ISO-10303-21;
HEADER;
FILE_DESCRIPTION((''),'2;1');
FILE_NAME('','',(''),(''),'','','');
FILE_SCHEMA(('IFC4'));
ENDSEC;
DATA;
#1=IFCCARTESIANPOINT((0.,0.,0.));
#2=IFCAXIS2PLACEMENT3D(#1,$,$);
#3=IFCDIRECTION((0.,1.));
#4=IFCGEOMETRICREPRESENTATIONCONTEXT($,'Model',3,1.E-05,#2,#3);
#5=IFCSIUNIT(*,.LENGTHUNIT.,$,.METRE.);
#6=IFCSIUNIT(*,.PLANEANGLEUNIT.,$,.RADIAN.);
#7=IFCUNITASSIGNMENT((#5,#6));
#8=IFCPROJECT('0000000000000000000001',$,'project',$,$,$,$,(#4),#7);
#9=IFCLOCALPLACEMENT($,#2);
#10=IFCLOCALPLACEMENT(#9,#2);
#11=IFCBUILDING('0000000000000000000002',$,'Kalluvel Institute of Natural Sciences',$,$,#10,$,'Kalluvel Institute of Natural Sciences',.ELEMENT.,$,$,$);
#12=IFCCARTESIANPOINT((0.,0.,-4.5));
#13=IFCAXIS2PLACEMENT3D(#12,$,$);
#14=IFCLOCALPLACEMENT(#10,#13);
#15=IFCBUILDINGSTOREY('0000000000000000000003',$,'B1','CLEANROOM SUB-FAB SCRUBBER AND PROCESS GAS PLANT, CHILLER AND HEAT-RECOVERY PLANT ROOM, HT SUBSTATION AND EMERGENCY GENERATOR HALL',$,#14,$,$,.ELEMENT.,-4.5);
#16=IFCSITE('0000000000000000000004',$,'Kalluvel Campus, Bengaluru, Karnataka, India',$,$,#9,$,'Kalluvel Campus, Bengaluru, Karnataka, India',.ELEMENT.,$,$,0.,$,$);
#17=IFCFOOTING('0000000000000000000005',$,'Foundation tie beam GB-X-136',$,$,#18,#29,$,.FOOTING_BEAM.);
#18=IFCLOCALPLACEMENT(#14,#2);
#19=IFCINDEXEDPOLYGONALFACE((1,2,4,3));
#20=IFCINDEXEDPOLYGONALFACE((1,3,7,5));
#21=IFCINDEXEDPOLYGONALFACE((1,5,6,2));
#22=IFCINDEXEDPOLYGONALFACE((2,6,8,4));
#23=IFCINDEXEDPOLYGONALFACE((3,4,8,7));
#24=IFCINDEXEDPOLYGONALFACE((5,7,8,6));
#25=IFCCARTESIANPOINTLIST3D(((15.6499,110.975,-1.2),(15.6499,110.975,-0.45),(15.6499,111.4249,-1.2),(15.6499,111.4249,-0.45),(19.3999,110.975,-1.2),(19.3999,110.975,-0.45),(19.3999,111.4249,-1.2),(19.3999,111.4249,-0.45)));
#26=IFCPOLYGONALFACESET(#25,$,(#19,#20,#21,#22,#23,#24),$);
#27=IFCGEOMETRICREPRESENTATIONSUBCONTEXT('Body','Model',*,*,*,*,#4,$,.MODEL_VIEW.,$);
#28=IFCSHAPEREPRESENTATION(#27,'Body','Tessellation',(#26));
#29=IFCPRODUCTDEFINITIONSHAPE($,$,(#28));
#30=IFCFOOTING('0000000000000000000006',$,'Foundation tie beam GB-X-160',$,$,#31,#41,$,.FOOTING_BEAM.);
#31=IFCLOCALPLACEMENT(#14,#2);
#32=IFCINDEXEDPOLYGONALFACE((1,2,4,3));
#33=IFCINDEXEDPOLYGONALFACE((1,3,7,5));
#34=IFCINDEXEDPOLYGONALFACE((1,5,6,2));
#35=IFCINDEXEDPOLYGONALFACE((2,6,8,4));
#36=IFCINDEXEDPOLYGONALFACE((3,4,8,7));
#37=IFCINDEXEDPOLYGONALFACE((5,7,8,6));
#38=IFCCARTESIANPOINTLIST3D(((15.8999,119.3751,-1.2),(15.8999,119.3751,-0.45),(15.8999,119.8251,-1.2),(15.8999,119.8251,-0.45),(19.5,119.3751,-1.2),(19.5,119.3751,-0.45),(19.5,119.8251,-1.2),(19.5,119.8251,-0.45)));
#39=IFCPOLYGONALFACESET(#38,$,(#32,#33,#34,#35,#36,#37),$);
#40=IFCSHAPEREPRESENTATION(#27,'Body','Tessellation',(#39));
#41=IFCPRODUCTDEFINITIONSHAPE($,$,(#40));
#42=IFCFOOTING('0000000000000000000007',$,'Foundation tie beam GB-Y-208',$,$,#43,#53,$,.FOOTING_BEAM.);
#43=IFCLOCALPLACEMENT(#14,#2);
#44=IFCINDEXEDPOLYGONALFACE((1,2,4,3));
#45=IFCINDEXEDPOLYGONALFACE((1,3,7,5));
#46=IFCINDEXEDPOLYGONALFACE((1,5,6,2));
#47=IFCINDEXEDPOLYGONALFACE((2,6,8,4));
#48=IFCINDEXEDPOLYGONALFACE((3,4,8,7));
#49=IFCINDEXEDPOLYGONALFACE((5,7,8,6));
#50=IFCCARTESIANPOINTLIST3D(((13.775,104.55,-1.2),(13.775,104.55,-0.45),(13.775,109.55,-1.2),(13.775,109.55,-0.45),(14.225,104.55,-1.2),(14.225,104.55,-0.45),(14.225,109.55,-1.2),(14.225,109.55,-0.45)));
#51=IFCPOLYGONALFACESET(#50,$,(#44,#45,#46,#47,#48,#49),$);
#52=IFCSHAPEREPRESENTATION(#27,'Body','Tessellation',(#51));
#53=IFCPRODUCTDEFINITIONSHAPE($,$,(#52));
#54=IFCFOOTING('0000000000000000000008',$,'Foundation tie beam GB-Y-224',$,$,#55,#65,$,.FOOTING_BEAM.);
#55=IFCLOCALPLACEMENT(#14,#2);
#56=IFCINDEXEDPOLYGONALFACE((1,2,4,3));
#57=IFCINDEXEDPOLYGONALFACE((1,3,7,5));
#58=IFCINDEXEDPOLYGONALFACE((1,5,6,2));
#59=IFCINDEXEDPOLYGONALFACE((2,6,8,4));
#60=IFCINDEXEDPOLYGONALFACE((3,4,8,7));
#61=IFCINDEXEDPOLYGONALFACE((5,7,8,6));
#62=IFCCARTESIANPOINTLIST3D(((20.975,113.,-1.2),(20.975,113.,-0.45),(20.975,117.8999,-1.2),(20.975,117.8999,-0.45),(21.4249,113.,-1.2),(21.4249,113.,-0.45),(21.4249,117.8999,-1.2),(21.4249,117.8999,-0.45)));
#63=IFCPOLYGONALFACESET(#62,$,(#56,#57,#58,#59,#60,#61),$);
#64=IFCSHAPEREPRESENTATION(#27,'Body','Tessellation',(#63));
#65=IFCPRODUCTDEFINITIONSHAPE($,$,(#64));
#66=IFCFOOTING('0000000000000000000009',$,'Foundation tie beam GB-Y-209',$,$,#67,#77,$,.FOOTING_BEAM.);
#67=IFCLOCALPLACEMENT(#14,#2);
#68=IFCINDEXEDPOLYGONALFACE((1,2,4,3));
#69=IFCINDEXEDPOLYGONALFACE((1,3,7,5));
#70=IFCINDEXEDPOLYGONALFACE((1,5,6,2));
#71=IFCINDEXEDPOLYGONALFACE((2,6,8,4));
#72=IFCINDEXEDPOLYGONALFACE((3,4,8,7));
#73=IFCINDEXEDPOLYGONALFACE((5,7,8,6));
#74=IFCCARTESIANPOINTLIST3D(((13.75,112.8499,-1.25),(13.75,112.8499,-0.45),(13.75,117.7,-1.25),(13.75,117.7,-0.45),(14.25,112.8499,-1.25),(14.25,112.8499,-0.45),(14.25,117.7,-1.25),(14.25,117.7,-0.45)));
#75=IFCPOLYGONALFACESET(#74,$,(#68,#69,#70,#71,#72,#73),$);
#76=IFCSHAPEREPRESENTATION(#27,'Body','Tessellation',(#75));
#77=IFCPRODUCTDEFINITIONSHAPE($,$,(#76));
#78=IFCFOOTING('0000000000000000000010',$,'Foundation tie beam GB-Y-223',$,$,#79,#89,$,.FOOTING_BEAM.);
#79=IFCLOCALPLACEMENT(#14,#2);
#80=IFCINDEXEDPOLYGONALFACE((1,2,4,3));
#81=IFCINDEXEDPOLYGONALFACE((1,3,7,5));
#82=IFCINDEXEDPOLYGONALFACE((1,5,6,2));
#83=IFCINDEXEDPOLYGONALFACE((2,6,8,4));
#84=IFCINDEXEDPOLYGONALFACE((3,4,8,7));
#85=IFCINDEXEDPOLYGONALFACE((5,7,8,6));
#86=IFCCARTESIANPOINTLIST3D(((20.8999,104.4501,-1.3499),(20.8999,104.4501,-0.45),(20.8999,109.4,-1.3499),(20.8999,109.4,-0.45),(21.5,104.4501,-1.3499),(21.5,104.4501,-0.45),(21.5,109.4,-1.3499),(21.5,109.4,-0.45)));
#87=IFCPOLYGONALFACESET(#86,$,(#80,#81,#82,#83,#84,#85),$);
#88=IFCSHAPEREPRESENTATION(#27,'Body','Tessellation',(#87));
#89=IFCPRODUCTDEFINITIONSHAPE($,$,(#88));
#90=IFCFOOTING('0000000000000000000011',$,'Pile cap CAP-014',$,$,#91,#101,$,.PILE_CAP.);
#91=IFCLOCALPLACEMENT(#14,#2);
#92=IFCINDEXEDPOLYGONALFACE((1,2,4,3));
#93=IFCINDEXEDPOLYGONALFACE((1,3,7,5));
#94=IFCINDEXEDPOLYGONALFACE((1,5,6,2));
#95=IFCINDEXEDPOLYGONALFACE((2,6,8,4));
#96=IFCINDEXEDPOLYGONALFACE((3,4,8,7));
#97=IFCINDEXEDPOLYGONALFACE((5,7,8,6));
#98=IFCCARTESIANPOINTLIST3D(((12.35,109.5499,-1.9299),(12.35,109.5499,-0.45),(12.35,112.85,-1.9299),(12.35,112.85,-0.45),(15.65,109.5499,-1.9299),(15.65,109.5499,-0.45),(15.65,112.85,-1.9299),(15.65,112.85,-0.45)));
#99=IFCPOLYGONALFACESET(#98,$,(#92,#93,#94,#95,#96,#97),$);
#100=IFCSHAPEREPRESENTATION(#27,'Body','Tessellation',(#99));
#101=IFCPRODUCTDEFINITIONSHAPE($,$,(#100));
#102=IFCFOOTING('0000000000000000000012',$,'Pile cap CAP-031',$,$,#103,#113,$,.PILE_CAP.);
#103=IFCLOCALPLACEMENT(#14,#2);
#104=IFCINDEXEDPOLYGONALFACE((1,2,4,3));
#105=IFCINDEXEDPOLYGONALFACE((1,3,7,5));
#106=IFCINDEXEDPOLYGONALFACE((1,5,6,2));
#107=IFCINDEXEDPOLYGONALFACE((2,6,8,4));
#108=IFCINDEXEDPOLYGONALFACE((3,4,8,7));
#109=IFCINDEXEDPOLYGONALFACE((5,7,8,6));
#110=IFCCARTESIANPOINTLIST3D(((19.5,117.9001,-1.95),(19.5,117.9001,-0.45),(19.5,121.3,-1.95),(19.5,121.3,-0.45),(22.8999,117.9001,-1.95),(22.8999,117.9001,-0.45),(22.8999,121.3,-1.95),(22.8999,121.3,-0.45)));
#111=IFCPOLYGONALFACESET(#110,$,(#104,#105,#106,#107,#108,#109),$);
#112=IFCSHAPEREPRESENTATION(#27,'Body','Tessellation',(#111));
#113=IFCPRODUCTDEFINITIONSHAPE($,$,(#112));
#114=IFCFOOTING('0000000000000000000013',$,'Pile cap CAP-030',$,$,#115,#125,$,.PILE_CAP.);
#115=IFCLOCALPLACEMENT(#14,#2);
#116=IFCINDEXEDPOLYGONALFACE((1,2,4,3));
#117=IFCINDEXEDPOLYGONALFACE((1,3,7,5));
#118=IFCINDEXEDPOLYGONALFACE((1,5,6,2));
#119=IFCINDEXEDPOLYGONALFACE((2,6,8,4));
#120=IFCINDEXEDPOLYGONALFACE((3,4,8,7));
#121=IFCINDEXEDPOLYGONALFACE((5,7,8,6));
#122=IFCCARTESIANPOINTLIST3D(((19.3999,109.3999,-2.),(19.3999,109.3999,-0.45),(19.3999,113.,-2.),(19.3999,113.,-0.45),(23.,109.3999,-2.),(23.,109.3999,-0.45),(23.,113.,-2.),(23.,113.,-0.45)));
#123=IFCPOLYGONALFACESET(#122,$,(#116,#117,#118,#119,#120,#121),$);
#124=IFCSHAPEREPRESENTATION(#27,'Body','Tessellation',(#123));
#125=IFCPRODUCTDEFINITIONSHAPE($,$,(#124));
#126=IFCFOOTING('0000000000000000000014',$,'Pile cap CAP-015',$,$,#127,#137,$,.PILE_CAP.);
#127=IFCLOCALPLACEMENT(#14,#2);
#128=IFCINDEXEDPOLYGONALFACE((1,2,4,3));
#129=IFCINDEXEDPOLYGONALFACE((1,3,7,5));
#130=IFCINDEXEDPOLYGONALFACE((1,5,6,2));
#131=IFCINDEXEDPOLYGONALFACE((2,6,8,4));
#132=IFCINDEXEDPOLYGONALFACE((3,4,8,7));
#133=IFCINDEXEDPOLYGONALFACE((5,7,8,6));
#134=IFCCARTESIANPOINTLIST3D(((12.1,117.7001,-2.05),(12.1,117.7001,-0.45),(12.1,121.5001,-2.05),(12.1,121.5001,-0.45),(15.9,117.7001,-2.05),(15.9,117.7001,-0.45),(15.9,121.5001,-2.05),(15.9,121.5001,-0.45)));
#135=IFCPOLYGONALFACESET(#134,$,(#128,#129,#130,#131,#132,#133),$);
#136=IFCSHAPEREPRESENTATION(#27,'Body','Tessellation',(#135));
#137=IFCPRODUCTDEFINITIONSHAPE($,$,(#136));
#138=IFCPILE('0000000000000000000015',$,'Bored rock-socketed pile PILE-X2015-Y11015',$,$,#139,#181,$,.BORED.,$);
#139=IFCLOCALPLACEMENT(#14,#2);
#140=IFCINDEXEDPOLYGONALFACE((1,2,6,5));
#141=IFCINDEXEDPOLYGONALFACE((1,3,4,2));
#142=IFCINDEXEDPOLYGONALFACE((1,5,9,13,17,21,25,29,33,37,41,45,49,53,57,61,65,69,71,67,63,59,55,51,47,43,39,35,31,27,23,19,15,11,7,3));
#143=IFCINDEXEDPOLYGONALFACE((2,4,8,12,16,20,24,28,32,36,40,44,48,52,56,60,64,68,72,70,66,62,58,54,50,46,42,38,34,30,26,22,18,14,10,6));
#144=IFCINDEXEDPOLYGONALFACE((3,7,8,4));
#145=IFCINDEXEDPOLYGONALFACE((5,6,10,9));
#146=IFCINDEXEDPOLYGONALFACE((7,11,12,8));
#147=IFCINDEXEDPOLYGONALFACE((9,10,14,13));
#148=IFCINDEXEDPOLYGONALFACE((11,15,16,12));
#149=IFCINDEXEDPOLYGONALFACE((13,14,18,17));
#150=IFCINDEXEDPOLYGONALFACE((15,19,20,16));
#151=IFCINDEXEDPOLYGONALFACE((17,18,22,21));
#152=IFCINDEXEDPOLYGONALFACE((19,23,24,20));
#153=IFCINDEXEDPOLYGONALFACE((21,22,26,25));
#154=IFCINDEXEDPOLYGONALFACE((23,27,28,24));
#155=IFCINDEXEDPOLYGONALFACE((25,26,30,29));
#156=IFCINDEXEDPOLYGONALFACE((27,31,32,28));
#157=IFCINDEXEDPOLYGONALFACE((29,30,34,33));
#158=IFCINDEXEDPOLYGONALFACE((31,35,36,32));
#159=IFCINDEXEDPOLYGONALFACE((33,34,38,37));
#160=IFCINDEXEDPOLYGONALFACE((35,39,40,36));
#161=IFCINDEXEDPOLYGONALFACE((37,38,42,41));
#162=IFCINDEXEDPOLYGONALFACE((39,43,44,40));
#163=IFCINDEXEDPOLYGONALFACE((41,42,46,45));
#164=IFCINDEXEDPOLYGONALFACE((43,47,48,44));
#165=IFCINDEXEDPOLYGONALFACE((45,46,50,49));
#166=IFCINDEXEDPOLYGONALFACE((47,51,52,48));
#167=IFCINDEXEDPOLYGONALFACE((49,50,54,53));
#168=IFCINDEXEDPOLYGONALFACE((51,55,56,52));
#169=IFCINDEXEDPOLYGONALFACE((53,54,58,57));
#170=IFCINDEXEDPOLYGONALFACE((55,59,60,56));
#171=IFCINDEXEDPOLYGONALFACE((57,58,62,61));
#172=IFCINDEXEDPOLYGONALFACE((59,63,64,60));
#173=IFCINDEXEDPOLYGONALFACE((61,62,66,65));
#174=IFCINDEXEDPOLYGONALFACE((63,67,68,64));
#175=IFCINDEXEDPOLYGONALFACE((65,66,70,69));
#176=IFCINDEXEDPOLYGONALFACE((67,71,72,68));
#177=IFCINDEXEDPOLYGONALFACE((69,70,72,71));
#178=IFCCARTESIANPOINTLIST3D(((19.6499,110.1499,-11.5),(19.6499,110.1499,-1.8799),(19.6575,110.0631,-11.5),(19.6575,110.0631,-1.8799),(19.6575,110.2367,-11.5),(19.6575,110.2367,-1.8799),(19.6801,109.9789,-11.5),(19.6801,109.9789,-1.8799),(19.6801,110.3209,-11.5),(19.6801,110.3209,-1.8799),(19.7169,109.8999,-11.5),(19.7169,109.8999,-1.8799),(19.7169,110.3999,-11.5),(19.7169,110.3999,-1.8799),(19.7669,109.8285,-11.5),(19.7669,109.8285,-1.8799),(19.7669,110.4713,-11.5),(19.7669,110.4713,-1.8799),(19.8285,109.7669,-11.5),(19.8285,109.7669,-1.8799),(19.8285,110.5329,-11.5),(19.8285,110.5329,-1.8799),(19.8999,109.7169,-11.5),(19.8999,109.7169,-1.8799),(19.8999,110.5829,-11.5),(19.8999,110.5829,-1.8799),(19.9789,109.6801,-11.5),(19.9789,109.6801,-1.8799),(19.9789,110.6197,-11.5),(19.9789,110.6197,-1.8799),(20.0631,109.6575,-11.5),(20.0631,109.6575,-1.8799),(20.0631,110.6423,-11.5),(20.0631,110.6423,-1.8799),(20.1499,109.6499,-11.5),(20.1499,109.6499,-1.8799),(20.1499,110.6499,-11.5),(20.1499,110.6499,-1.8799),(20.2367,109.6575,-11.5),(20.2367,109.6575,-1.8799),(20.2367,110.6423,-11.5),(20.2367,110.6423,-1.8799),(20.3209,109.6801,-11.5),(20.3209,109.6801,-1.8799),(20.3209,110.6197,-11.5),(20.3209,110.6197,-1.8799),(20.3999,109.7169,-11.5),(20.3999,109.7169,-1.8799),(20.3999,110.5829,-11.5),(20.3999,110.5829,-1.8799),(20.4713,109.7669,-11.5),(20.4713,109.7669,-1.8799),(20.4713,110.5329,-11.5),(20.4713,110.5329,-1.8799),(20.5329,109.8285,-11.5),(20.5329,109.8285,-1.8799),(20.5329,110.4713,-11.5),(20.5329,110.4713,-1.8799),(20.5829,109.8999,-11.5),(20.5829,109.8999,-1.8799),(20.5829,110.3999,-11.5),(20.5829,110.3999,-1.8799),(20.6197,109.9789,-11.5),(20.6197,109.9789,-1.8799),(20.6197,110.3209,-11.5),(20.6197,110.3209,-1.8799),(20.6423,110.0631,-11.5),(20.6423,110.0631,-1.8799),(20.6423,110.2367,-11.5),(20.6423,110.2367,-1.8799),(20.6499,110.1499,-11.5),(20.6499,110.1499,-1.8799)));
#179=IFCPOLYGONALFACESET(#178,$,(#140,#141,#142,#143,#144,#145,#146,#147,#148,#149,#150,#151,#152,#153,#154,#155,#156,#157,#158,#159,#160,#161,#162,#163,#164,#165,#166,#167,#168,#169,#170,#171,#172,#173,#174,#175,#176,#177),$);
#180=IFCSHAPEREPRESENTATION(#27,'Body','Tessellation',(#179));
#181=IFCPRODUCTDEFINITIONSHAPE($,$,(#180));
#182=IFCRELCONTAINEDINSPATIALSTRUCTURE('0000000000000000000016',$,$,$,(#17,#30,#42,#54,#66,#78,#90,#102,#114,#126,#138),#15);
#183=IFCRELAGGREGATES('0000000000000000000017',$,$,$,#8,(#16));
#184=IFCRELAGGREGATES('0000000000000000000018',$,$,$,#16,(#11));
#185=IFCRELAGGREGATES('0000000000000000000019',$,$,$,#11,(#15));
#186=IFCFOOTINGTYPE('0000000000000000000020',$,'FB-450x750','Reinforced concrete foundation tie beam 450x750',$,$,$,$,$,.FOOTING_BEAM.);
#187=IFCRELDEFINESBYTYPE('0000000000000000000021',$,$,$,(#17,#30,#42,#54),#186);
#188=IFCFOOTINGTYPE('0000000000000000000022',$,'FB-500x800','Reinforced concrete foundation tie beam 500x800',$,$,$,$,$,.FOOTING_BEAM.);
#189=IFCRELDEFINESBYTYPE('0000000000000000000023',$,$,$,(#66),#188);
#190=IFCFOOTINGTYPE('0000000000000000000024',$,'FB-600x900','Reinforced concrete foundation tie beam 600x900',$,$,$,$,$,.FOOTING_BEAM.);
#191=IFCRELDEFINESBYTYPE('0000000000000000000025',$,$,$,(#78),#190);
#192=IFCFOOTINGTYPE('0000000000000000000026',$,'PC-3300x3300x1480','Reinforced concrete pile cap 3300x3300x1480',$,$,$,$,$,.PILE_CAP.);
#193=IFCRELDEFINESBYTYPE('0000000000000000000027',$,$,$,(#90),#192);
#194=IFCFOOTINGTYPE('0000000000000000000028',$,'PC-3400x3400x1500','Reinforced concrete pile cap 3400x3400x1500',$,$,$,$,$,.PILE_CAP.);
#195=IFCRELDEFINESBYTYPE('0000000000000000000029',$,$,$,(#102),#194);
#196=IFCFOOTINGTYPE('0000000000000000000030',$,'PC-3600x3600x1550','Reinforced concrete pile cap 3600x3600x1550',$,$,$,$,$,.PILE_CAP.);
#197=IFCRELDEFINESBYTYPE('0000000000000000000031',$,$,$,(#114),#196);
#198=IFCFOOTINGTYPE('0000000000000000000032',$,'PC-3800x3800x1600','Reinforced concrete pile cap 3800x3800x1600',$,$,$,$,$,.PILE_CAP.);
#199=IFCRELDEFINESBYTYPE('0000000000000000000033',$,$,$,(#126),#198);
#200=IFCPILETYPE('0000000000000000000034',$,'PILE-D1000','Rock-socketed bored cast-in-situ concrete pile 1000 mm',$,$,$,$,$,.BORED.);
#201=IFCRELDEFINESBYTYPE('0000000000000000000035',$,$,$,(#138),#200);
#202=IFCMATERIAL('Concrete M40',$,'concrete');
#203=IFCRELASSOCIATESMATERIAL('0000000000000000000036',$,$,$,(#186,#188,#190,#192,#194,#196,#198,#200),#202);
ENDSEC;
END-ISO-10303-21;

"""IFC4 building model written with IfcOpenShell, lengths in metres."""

from ifc_helpers import new_model, si_unit, direction, frame, origin, origin_2d, place, context, subcontext, project, spatial, rectangle, circle, extrude, material, material_profile, profile_set, type_object, element, save


model = new_model("IFC4")

# Units and contexts
model_context = context("Model", 3, precision=1e-05, world=origin(), true_north=direction((0.0, 1.0)))
body_context = subcontext(model_context, "Body", "Model", "MODEL_VIEW")
ifc_project = project(units=[si_unit("LENGTHUNIT", "METRE"), si_unit("PLANEANGLEUNIT", "RADIAN")], contexts=[model_context])

# Site, building, storey
site_placement = place(None, origin())
site = spatial("IfcSite", under=ifc_project, at=site_placement, Name="Kalluvel Campus, Bengaluru, Karnataka, India", LongName="Kalluvel Campus, Bengaluru, Karnataka, India", CompositionType="ELEMENT", RefElevation=0.0)
building_placement = place(site_placement, origin())
building = spatial("IfcBuilding", under=site, at=building_placement, Name="Kalluvel Institute of Natural Sciences", LongName="Kalluvel Institute of Natural Sciences", CompositionType="ELEMENT")
storey_placement = place(building_placement, frame((0.0, 0.0, -4.5)))
storey = spatial("IfcBuildingStorey", under=building, at=storey_placement, Name="B1", Description="CLEANROOM SUB-FAB SCRUBBER AND PROCESS GAS PLANT, CHILLER AND HEAT-RECOVERY PLANT ROOM, HT SUBSTATION AND EMERGENCY GENERATOR HALL", CompositionType="ELEMENT", Elevation=-4.5)

# Footings
ifc_material_1 = material(Name="Concrete M40", Category="concrete")
footing_type_1 = type_object("IfcFootingType", Name="FB-450x750", Description="Reinforced concrete foundation tie beam 450x750", PredefinedType="FOOTING_BEAM", material=ifc_material_1)
footing_1_placement = place(storey_placement, frame((17.5249, 111.2, -1.2), z_axis=(0.0, 0.0, 1.0), x_axis=(1.0, 0.0, 0.0)))
element("IfcFooting", 1, at=footing_1_placement, inside=storey, type_object=footing_type_1, Name="Foundation tie beam GB-X-136", PredefinedType="FOOTING_BEAM", context=body_context, shape_type="SweptSolid", body=[
    extrude(rectangle(XDim=3.75, YDim=0.45, at=origin_2d()), origin(), (0.0, 0.0, 1.0), 0.75),
])
footing_2_placement = place(storey_placement, frame((17.7, 119.6001, -1.2), z_axis=(0.0, 0.0, 1.0), x_axis=(1.0, 0.0, 0.0)))
element("IfcFooting", 2, at=footing_2_placement, inside=storey, type_object=footing_type_1, Name="Foundation tie beam GB-X-160", PredefinedType="FOOTING_BEAM", context=body_context, shape_type="SweptSolid", body=[
    extrude(rectangle(XDim=3.6001, YDim=0.45, at=origin_2d()), origin(), (0.0, 0.0, 1.0), 0.75),
])
footing_3_placement = place(storey_placement, frame((14.0, 107.05, -1.2), z_axis=(0.0, 0.0, 1.0), x_axis=(1.0, 0.0, 0.0)))
element("IfcFooting", 3, at=footing_3_placement, inside=storey, type_object=footing_type_1, Name="Foundation tie beam GB-Y-208", PredefinedType="FOOTING_BEAM", context=body_context, shape_type="SweptSolid", body=[
    extrude(rectangle(XDim=0.45, YDim=5.0, at=origin_2d()), origin(), (0.0, 0.0, 1.0), 0.75),
])
footing_4_placement = place(storey_placement, frame((21.2, 115.45, -1.2), z_axis=(0.0, 0.0, 1.0), x_axis=(1.0, 0.0, 0.0)))
element("IfcFooting", 4, at=footing_4_placement, inside=storey, type_object=footing_type_1, Name="Foundation tie beam GB-Y-224", PredefinedType="FOOTING_BEAM", context=body_context, shape_type="SweptSolid", body=[
    extrude(rectangle(XDim=0.45, YDim=4.8999, at=origin_2d()), origin(), (0.0, 0.0, 1.0), 0.75),
])
footing_type_2 = type_object("IfcFootingType", Name="FB-500x800", Description="Reinforced concrete foundation tie beam 500x800", PredefinedType="FOOTING_BEAM", material=ifc_material_1)
footing_5_placement = place(storey_placement, frame((14.0, 115.2749, -1.25), z_axis=(0.0, 0.0, 1.0), x_axis=(1.0, 0.0, 0.0)))
element("IfcFooting", 5, at=footing_5_placement, inside=storey, type_object=footing_type_2, Name="Foundation tie beam GB-Y-209", PredefinedType="FOOTING_BEAM", context=body_context, shape_type="SweptSolid", body=[
    extrude(rectangle(XDim=0.5, YDim=4.8501, at=origin_2d()), origin(), (0.0, 0.0, 1.0), 0.8),
])
footing_type_3 = type_object("IfcFootingType", Name="FB-600x900", Description="Reinforced concrete foundation tie beam 600x900", PredefinedType="FOOTING_BEAM", material=ifc_material_1)
footing_6_placement = place(storey_placement, frame((21.2, 106.925, -1.3499), z_axis=(0.0, 0.0, 1.0), x_axis=(1.0, 0.0, 0.0)))
element("IfcFooting", 6, at=footing_6_placement, inside=storey, type_object=footing_type_3, Name="Foundation tie beam GB-Y-223", PredefinedType="FOOTING_BEAM", context=body_context, shape_type="SweptSolid", body=[
    extrude(rectangle(XDim=0.6001, YDim=4.95, at=origin_2d()), origin(), (0.0, 0.0, 1.0), 0.8999),
])
footing_type_4 = type_object("IfcFootingType", Name="PC-3300x3300x1480", Description="Reinforced concrete pile cap 3300x3300x1480", PredefinedType="PILE_CAP", material=ifc_material_1)
footing_7_placement = place(storey_placement, frame((14.0, 111.2, -1.9299), z_axis=(0.0, 0.0, 1.0), x_axis=(1.0, 0.0, 0.0)))
element("IfcFooting", 7, at=footing_7_placement, inside=storey, type_object=footing_type_4, Name="Pile cap CAP-014", PredefinedType="PILE_CAP", context=body_context, shape_type="SweptSolid", body=[
    extrude(rectangle(XDim=3.3, YDim=3.3, at=origin_2d()), origin(), (0.0, 0.0, 1.0), 1.48),
])
footing_type_5 = type_object("IfcFootingType", Name="PC-3400x3400x1500", Description="Reinforced concrete pile cap 3400x3400x1500", PredefinedType="PILE_CAP", material=ifc_material_1)
footing_8_placement = place(storey_placement, frame((21.2, 119.6001, -1.95), z_axis=(0.0, 0.0, 1.0), x_axis=(1.0, 0.0, 0.0)))
element("IfcFooting", 8, at=footing_8_placement, inside=storey, type_object=footing_type_5, Name="Pile cap CAP-031", PredefinedType="PILE_CAP", context=body_context, shape_type="SweptSolid", body=[
    extrude(rectangle(XDim=3.3999, YDim=3.3999, at=origin_2d()), origin(), (0.0, 0.0, 1.0), 1.5),
])
footing_type_6 = type_object("IfcFootingType", Name="PC-3600x3600x1550", Description="Reinforced concrete pile cap 3600x3600x1550", PredefinedType="PILE_CAP", material=ifc_material_1)
footing_9_placement = place(storey_placement, frame((21.2, 111.2, -2.0), z_axis=(0.0, 0.0, 1.0), x_axis=(1.0, 0.0, 0.0)))
element("IfcFooting", 9, at=footing_9_placement, inside=storey, type_object=footing_type_6, Name="Pile cap CAP-030", PredefinedType="PILE_CAP", context=body_context, shape_type="SweptSolid", body=[
    extrude(rectangle(XDim=3.6001, YDim=3.6001, at=origin_2d()), origin(), (0.0, 0.0, 1.0), 1.55),
])
footing_type_7 = type_object("IfcFootingType", Name="PC-3800x3800x1600", Description="Reinforced concrete pile cap 3800x3800x1600", PredefinedType="PILE_CAP", material=ifc_material_1)
footing_10_placement = place(storey_placement, frame((14.0, 119.6001, -2.05), z_axis=(0.0, 0.0, 1.0), x_axis=(1.0, 0.0, 0.0)))
element("IfcFooting", 10, at=footing_10_placement, inside=storey, type_object=footing_type_7, Name="Pile cap CAP-015", PredefinedType="PILE_CAP", context=body_context, shape_type="SweptSolid", body=[
    extrude(rectangle(XDim=3.8, YDim=3.8, at=origin_2d()), origin(), (0.0, 0.0, 1.0), 1.6001),
])

# Pile
ifc_material_profile_1 = material_profile(ifc_material_1, circle(Radius=0.5, at=origin_2d()), Name="PILE D1000")
ifc_profile_set_1 = profile_set([ifc_material_profile_1], Name="Concrete M40")
pile_type_1 = type_object("IfcPileType", Name="PILE-D1000", Description="Rock-socketed bored cast-in-situ concrete pile 1000 mm", PredefinedType="BORED", material=ifc_profile_set_1)
for number, where, z_axis, x_axis, name in (
    (11, (20.1499, 110.1499, -1.8799), (0.0, 0.0, -1.0), (1.0, 0.0, 0.0), "Bored rock-socketed pile PILE-X2015-Y11015"),
):
    element("IfcPile", number, at=place(storey_placement, frame(where, z_axis=z_axis, x_axis=x_axis)), inside=storey, type_object=pile_type_1, Name=name, PredefinedType="BORED", context=body_context, shape_type="SweptSolid", body=[
        extrude(circle(Radius=0.5, at=origin_2d()), origin(), (0.0, 0.0, 1.0), 9.6201),
    ])

save(model, "model.ifc")
